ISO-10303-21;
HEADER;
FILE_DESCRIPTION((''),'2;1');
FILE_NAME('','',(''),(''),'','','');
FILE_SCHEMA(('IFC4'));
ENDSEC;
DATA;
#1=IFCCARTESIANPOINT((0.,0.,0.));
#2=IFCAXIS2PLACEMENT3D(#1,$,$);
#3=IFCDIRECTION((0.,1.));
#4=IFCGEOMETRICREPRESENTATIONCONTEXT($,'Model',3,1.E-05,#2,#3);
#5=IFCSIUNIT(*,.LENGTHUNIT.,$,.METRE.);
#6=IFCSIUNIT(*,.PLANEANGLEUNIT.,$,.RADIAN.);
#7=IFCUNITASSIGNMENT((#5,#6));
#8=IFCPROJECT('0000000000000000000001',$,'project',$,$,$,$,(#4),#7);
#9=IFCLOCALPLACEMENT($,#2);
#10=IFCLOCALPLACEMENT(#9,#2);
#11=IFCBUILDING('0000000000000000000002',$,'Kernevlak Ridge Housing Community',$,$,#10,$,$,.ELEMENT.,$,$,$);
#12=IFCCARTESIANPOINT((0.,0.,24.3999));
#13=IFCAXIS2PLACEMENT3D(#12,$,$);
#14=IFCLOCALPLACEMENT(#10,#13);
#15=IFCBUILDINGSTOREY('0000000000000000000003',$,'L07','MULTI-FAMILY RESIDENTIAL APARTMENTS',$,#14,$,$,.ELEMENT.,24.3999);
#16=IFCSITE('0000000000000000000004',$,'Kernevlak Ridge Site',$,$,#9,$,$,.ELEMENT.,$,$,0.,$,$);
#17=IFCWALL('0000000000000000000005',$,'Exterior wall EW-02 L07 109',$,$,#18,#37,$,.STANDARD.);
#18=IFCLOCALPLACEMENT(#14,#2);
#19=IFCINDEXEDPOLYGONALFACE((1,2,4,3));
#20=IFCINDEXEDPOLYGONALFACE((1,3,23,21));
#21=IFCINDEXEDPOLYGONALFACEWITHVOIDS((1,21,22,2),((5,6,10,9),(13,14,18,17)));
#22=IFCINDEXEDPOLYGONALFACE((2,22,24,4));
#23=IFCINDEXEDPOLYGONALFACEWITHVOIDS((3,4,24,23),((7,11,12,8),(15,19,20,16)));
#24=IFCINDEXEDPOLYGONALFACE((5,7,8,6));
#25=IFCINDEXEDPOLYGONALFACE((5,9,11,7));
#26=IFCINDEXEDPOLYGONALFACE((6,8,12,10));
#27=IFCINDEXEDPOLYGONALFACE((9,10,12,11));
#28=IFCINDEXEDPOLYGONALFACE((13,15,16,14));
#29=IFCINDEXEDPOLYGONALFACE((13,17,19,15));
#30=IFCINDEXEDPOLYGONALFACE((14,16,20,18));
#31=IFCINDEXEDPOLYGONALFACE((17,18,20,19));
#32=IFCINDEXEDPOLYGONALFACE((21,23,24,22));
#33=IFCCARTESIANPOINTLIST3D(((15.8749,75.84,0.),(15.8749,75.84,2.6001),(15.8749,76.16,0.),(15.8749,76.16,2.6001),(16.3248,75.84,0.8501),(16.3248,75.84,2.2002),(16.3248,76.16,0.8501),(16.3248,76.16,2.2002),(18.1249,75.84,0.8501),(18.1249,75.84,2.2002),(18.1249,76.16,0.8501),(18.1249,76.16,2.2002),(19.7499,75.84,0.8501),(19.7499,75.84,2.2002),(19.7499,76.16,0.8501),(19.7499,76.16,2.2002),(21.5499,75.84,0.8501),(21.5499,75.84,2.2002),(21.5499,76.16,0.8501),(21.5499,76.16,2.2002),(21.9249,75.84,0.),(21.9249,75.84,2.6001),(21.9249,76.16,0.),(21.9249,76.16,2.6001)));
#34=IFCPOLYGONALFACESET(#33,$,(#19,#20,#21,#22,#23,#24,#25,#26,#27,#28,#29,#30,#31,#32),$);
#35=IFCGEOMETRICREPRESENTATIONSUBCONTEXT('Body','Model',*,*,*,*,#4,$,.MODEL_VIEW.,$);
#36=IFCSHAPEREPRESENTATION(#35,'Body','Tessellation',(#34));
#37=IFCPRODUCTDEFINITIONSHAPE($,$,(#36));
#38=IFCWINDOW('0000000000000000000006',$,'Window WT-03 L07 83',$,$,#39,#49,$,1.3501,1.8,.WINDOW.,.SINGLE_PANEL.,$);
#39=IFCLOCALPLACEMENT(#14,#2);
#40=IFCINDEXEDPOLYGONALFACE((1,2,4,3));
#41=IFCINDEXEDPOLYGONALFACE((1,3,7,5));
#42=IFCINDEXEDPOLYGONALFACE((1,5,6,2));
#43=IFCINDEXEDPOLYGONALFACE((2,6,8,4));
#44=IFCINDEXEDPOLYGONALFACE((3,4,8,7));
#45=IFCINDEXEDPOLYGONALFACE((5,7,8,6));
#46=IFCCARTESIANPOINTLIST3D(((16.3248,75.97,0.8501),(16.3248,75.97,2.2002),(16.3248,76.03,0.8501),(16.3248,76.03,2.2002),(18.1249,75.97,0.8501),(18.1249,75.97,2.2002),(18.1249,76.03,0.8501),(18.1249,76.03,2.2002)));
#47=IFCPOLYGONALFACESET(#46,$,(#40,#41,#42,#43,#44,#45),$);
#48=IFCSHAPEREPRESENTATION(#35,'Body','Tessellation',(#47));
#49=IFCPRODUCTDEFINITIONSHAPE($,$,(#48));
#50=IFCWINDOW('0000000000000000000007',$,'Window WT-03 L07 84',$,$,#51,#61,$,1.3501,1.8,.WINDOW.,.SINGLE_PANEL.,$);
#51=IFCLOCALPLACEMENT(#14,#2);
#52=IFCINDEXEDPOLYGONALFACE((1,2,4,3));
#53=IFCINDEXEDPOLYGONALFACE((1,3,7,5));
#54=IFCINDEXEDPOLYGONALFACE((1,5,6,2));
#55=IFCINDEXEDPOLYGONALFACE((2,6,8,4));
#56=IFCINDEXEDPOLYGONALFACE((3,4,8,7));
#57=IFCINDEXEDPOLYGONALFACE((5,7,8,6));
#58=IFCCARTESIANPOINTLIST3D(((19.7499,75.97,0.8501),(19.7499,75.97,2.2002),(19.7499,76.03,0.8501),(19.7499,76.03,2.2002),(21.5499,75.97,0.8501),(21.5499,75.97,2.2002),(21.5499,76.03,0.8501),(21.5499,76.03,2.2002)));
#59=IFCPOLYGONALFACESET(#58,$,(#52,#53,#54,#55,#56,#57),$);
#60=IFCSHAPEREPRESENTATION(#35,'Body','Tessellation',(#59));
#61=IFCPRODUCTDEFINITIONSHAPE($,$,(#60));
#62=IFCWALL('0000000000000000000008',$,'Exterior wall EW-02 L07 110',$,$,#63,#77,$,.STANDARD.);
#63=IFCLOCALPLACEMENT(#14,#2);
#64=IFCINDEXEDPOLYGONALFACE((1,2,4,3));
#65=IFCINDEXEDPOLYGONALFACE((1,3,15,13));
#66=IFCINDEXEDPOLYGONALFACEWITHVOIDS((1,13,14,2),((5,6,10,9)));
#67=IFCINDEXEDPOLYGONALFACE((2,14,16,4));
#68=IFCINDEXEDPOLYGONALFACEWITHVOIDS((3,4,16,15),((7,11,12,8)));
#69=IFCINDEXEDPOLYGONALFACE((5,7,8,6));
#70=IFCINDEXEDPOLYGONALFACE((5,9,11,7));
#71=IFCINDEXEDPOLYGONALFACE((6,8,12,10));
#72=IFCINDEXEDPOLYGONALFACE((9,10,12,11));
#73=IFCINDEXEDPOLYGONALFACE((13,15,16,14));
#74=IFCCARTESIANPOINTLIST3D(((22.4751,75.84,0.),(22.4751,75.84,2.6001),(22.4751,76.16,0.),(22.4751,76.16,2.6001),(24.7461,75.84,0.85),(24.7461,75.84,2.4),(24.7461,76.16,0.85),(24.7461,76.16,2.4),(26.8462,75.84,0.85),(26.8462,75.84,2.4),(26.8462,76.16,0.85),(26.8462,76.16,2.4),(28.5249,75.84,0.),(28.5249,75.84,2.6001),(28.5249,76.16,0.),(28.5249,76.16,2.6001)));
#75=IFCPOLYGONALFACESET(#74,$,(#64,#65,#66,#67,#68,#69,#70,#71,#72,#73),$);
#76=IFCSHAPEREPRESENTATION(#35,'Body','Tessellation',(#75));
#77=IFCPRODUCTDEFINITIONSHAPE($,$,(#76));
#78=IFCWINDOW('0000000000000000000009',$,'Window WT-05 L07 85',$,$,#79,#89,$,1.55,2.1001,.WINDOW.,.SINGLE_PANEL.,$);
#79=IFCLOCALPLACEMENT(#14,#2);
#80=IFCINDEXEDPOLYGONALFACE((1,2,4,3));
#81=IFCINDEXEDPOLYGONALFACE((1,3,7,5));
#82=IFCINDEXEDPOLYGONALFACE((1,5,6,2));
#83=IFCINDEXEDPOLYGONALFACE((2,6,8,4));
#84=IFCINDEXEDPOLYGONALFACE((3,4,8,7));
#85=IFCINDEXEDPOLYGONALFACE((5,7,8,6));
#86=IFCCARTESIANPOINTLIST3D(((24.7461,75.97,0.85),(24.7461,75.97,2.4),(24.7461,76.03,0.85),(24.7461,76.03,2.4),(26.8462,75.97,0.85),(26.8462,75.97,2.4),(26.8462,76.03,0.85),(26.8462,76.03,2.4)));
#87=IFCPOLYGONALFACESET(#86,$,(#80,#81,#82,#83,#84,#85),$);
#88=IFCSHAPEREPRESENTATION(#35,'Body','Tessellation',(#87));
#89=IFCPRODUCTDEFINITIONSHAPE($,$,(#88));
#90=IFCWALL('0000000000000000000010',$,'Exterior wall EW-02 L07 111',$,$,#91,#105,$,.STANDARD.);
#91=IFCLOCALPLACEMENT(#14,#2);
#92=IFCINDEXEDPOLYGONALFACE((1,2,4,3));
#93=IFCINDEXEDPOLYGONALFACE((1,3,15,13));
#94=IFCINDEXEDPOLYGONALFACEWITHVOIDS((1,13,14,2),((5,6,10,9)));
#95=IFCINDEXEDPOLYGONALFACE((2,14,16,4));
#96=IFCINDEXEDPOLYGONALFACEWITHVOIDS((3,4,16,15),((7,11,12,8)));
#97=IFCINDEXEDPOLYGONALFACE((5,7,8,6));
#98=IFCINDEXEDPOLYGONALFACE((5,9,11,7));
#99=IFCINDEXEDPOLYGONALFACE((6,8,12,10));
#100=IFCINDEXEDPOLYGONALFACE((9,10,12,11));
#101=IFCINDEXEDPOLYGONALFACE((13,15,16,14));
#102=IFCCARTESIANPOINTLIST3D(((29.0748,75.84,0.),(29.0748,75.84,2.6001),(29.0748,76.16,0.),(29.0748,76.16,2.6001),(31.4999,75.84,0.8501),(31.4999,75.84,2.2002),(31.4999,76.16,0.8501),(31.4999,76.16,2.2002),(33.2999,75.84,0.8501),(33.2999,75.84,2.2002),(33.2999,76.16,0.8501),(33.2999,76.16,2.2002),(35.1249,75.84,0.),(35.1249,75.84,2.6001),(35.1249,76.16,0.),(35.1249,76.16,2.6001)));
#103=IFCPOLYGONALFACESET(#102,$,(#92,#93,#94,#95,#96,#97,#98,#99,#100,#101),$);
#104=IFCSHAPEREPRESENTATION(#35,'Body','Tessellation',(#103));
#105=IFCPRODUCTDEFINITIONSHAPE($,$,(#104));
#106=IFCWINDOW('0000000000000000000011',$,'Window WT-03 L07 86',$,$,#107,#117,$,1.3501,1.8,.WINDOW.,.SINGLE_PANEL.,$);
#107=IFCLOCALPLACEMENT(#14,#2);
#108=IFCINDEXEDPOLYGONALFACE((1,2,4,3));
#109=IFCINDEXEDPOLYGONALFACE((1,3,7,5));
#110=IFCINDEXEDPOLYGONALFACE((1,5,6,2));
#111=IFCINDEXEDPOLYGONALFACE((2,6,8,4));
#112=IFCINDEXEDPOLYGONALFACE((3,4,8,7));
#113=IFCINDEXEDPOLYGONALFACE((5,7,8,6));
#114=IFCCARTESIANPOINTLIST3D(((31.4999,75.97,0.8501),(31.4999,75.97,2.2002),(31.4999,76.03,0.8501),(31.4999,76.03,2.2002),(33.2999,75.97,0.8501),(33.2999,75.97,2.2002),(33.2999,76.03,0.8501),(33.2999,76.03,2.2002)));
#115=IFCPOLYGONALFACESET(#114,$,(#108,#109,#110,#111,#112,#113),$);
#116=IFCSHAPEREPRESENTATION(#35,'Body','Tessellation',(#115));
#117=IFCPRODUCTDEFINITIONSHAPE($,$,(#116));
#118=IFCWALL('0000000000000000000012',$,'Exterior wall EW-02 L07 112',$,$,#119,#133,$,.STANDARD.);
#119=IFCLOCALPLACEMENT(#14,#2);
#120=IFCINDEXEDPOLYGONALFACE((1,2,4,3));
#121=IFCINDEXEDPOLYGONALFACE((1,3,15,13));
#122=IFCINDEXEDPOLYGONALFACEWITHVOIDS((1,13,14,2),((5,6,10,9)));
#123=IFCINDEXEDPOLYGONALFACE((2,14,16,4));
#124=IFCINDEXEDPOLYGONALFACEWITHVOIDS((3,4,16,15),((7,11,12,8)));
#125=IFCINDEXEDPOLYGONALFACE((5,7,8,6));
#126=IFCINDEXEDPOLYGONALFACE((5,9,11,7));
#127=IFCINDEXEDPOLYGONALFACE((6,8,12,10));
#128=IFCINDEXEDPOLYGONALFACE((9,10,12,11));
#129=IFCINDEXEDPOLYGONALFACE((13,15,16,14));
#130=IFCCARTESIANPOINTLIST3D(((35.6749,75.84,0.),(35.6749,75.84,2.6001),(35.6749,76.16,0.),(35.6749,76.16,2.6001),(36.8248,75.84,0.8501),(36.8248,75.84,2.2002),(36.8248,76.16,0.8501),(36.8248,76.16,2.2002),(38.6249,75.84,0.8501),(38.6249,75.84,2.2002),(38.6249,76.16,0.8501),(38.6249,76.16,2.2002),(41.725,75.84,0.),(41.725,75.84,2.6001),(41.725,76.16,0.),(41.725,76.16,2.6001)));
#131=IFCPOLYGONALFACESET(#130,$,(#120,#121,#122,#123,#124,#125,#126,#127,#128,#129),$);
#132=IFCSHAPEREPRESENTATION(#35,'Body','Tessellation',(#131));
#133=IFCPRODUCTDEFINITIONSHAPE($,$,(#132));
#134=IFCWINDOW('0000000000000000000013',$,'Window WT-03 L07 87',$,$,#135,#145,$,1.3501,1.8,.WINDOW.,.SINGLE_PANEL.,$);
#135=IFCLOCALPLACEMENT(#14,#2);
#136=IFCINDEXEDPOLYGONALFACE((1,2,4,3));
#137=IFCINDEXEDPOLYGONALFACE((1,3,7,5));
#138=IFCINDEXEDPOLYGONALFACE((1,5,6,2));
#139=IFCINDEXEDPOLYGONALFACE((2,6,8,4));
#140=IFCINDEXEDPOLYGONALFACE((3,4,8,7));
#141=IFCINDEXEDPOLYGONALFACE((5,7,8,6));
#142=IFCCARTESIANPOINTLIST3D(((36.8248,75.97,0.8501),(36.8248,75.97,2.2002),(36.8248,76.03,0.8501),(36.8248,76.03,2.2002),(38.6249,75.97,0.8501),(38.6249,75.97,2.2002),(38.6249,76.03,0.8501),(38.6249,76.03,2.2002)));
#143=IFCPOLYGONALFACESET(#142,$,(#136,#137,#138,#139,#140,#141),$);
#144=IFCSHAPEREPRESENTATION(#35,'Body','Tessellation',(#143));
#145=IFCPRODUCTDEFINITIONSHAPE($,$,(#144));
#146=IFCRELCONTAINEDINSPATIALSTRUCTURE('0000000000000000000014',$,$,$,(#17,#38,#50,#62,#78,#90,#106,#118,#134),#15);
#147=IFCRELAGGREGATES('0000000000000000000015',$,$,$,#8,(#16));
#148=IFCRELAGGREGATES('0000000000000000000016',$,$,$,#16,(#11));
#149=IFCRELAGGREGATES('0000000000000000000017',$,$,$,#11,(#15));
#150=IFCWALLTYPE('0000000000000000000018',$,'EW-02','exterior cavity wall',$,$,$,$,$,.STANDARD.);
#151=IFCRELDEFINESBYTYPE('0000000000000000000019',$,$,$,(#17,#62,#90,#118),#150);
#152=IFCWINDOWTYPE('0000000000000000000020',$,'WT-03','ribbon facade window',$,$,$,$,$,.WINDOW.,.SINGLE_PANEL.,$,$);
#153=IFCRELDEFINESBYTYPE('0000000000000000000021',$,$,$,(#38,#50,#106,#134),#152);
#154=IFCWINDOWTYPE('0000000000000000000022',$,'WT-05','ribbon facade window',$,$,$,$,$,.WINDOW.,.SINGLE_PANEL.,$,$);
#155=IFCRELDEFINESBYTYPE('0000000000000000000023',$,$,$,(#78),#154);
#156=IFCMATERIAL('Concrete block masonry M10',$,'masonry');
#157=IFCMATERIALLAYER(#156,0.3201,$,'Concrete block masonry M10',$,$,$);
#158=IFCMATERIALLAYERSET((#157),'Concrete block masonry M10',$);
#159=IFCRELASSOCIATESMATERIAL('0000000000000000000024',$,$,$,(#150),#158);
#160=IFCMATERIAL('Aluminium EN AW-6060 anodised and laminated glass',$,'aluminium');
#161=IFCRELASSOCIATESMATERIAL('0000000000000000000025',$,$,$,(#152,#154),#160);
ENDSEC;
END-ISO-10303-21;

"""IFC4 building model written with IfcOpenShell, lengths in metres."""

from ifc_helpers import new_model, si_unit, direction, frame, frame_2d, origin, place, context, subcontext, project, spatial, rectangle, extrude, material, layer, layer_set, type_object, element, fill, save


model = new_model("IFC4")

# Units and contexts
model_context = context("Model", 3, precision=1e-05, world=origin(), true_north=direction((0.0, 1.0)))
body_context = subcontext(model_context, "Body", "Model", "MODEL_VIEW")
ifc_project = project(units=[si_unit("LENGTHUNIT", "METRE"), si_unit("PLANEANGLEUNIT", "RADIAN")], contexts=[model_context])

# Site, building, storey
site_placement = place(None, origin())
site = spatial("IfcSite", under=ifc_project, at=site_placement, Name="Kernevlak Ridge Site", CompositionType="ELEMENT", RefElevation=0.0)
building_placement = place(site_placement, origin())
building = spatial("IfcBuilding", under=site, at=building_placement, Name="Kernevlak Ridge Housing Community", CompositionType="ELEMENT")
storey_placement = place(building_placement, frame((0.0, 0.0, 24.3999)))
storey = spatial("IfcBuildingStorey", under=building, at=storey_placement, Name="L07", Description="MULTI-FAMILY RESIDENTIAL APARTMENTS", CompositionType="ELEMENT", Elevation=24.3999)

# Wall, openings, windows
ifc_material_1 = material(Name="Concrete block masonry M10", Category="masonry")
ifc_layer_1 = layer(ifc_material_1, 0.3201, Name="Concrete block masonry M10")
ifc_layer_set_1 = layer_set([ifc_layer_1], Name="Concrete block masonry M10")
wall_type = type_object("IfcWallType", Name="EW-02", Description="exterior cavity wall", PredefinedType="STANDARD", material=ifc_layer_set_1)
wall_1_placement = place(storey_placement, frame((15.875, 76.0, 0.0), z_axis=(0.0, 0.0, 1.0), x_axis=(1.0, 0.0, 0.0)))
wall_1 = element("IfcWall", 1, at=wall_1_placement, inside=storey, type_object=wall_type, Name="Exterior wall EW-02 L07 109", PredefinedType="STANDARD", context=body_context, shape_type="SweptSolid", body=[
    extrude(rectangle(XDim=6.05, YDim=0.3201, at=frame_2d((3.0249, 0.0))), origin(), (0.0, 0.0, 1.0), 2.6001),
])
opening_1_placement = place(wall_1_placement, frame((0.45, 0.0, 0.8501)))
opening_1 = element("IfcOpeningElement", 2, at=opening_1_placement, cuts=wall_1, PredefinedType="OPENING", context=body_context, shape_type="SweptSolid", body=[
    extrude(rectangle(XDim=1.8, YDim=1.3501, at=frame_2d((0.8999, 0.675))), frame((0.0, 0.1699, 0.0), z_axis=(0.0, -1.0, 0.0), x_axis=(1.0, 0.0, 0.0)), (0.0, 0.0, 1.0), 0.3401),
])
opening_2_placement = place(wall_1_placement, frame((3.875, 0.0, 0.8501)))
opening_2 = element("IfcOpeningElement", 3, at=opening_2_placement, cuts=wall_1, PredefinedType="OPENING", context=body_context, shape_type="SweptSolid", body=[
    extrude(rectangle(XDim=1.8, YDim=1.3501, at=frame_2d((0.8999, 0.675))), frame((0.0, 0.1699, 0.0), z_axis=(0.0, -1.0, 0.0), x_axis=(1.0, 0.0, 0.0)), (0.0, 0.0, 1.0), 0.3401),
])
ifc_material_2 = material(Name="Aluminium EN AW-6060 anodised and laminated glass", Category="aluminium")
window_type_1 = type_object("IfcWindowType", Name="WT-03", Description="ribbon facade window", PartitioningType="SINGLE_PANEL", PredefinedType="WINDOW", material=ifc_material_2)
window_1_placement = place(opening_1_placement, origin())
window_1 = element("IfcWindow", 4, at=window_1_placement, inside=storey, type_object=window_type_1, Name="Window WT-03 L07 83", OverallHeight=1.3501, OverallWidth=1.8, PartitioningType="SINGLE_PANEL", PredefinedType="WINDOW", context=body_context, shape_type="SweptSolid", body=[
    extrude(rectangle(XDim=1.8, YDim=1.3501, at=frame_2d((0.8999, 0.675))), frame((0.0, 0.03, 0.0), z_axis=(0.0, -1.0, 0.0), x_axis=(1.0, 0.0, 0.0)), (0.0, 0.0, 1.0), 0.0601),
])
fill(opening_1, window_1)
window_2_placement = place(opening_2_placement, origin())
window_2 = element("IfcWindow", 5, at=window_2_placement, inside=storey, type_object=window_type_1, Name="Window WT-03 L07 84", OverallHeight=1.3501, OverallWidth=1.8, PartitioningType="SINGLE_PANEL", PredefinedType="WINDOW", context=body_context, shape_type="SweptSolid", body=[
    extrude(rectangle(XDim=1.8, YDim=1.3501, at=frame_2d((0.8999, 0.675))), frame((0.0, 0.03, 0.0), z_axis=(0.0, -1.0, 0.0), x_axis=(1.0, 0.0, 0.0)), (0.0, 0.0, 1.0), 0.0601),
])
fill(opening_2, window_2)

# Walls, openings, windows
wall_2_placement = place(storey_placement, frame((22.4751, 76.0, 0.0), z_axis=(0.0, 0.0, 1.0), x_axis=(1.0, 0.0, 0.0)))
wall_2 = element("IfcWall", 6, at=wall_2_placement, inside=storey, type_object=wall_type, Name="Exterior wall EW-02 L07 110", PredefinedType="STANDARD", context=body_context, shape_type="SweptSolid", body=[
    extrude(rectangle(XDim=6.0498, YDim=0.3201, at=frame_2d((3.0249, 0.0))), origin(), (0.0, 0.0, 1.0), 2.6001),
])
opening_3_placement = place(wall_2_placement, frame((2.271, 0.0, 0.8501)))
opening_3 = element("IfcOpeningElement", 7, at=opening_3_placement, cuts=wall_2, PredefinedType="OPENING", context=body_context, shape_type="SweptSolid", body=[
    extrude(rectangle(XDim=2.1001, YDim=1.55, at=frame_2d((1.05, 0.7749))), frame((0.0, 0.1699, 0.0), z_axis=(0.0, -1.0, 0.0), x_axis=(1.0, 0.0, 0.0)), (0.0, 0.0, 1.0), 0.3401),
])
window_type_2 = type_object("IfcWindowType", Name="WT-05", Description="ribbon facade window", PartitioningType="SINGLE_PANEL", PredefinedType="WINDOW", material=ifc_material_2)
window_3_placement = place(opening_3_placement, origin())
window_3 = element("IfcWindow", 8, at=window_3_placement, inside=storey, type_object=window_type_2, Name="Window WT-05 L07 85", OverallHeight=1.55, OverallWidth=2.1001, PartitioningType="SINGLE_PANEL", PredefinedType="WINDOW", context=body_context, shape_type="SweptSolid", body=[
    extrude(rectangle(XDim=2.1001, YDim=1.55, at=frame_2d((1.05, 0.7749))), frame((0.0, 0.03, 0.0), z_axis=(0.0, -1.0, 0.0), x_axis=(1.0, 0.0, 0.0)), (0.0, 0.0, 1.0), 0.0601),
])
fill(opening_3, window_3)
wall_3_placement = place(storey_placement, frame((29.075, 76.0, 0.0), z_axis=(0.0, 0.0, 1.0), x_axis=(1.0, 0.0, 0.0)))
wall_3 = element("IfcWall", 9, at=wall_3_placement, inside=storey, type_object=wall_type, Name="Exterior wall EW-02 L07 111", PredefinedType="STANDARD", context=body_context, shape_type="SweptSolid", body=[
    extrude(rectangle(XDim=6.05, YDim=0.3201, at=frame_2d((3.0249, 0.0))), origin(), (0.0, 0.0, 1.0), 2.6001),
])
opening_4_placement = place(wall_3_placement, frame((2.425, 0.0, 0.8501)))
opening_4 = element("IfcOpeningElement", 10, at=opening_4_placement, cuts=wall_3, PredefinedType="OPENING", context=body_context, shape_type="SweptSolid", body=[
    extrude(rectangle(XDim=1.8, YDim=1.3501, at=frame_2d((0.8999, 0.675))), frame((0.0, 0.1699, 0.0), z_axis=(0.0, -1.0, 0.0), x_axis=(1.0, 0.0, 0.0)), (0.0, 0.0, 1.0), 0.3401),
])
window_4_placement = place(opening_4_placement, origin())
window_4 = element("IfcWindow", 11, at=window_4_placement, inside=storey, type_object=window_type_1, Name="Window WT-03 L07 86", OverallHeight=1.3501, OverallWidth=1.8, PartitioningType="SINGLE_PANEL", PredefinedType="WINDOW", context=body_context, shape_type="SweptSolid", body=[
    extrude(rectangle(XDim=1.8, YDim=1.3501, at=frame_2d((0.8999, 0.675))), frame((0.0, 0.03, 0.0), z_axis=(0.0, -1.0, 0.0), x_axis=(1.0, 0.0, 0.0)), (0.0, 0.0, 1.0), 0.0601),
])
fill(opening_4, window_4)
wall_4_placement = place(storey_placement, frame((35.675, 76.0, 0.0), z_axis=(0.0, 0.0, 1.0), x_axis=(1.0, 0.0, 0.0)))
wall_4 = element("IfcWall", 12, at=wall_4_placement, inside=storey, type_object=wall_type, Name="Exterior wall EW-02 L07 112", PredefinedType="STANDARD", context=body_context, shape_type="SweptSolid", body=[
    extrude(rectangle(XDim=6.05, YDim=0.3201, at=frame_2d((3.0249, 0.0))), origin(), (0.0, 0.0, 1.0), 2.6001),
])
opening_5_placement = place(wall_4_placement, frame((1.1499, 0.0, 0.8501)))
opening_5 = element("IfcOpeningElement", 13, at=opening_5_placement, cuts=wall_4, PredefinedType="OPENING", context=body_context, shape_type="SweptSolid", body=[
    extrude(rectangle(XDim=1.8, YDim=1.3501, at=frame_2d((0.8999, 0.675))), frame((0.0, 0.1699, 0.0), z_axis=(0.0, -1.0, 0.0), x_axis=(1.0, 0.0, 0.0)), (0.0, 0.0, 1.0), 0.3401),
])
window_5_placement = place(opening_5_placement, origin())
window_5 = element("IfcWindow", 14, at=window_5_placement, inside=storey, type_object=window_type_1, Name="Window WT-03 L07 87", OverallHeight=1.3501, OverallWidth=1.8, PartitioningType="SINGLE_PANEL", PredefinedType="WINDOW", context=body_context, shape_type="SweptSolid", body=[
    extrude(rectangle(XDim=1.8, YDim=1.3501, at=frame_2d((0.8999, 0.675))), frame((0.0, 0.03, 0.0), z_axis=(0.0, -1.0, 0.0), x_axis=(1.0, 0.0, 0.0)), (0.0, 0.0, 1.0), 0.0601),
])
fill(opening_5, window_5)

save(model, "model.ifc")
